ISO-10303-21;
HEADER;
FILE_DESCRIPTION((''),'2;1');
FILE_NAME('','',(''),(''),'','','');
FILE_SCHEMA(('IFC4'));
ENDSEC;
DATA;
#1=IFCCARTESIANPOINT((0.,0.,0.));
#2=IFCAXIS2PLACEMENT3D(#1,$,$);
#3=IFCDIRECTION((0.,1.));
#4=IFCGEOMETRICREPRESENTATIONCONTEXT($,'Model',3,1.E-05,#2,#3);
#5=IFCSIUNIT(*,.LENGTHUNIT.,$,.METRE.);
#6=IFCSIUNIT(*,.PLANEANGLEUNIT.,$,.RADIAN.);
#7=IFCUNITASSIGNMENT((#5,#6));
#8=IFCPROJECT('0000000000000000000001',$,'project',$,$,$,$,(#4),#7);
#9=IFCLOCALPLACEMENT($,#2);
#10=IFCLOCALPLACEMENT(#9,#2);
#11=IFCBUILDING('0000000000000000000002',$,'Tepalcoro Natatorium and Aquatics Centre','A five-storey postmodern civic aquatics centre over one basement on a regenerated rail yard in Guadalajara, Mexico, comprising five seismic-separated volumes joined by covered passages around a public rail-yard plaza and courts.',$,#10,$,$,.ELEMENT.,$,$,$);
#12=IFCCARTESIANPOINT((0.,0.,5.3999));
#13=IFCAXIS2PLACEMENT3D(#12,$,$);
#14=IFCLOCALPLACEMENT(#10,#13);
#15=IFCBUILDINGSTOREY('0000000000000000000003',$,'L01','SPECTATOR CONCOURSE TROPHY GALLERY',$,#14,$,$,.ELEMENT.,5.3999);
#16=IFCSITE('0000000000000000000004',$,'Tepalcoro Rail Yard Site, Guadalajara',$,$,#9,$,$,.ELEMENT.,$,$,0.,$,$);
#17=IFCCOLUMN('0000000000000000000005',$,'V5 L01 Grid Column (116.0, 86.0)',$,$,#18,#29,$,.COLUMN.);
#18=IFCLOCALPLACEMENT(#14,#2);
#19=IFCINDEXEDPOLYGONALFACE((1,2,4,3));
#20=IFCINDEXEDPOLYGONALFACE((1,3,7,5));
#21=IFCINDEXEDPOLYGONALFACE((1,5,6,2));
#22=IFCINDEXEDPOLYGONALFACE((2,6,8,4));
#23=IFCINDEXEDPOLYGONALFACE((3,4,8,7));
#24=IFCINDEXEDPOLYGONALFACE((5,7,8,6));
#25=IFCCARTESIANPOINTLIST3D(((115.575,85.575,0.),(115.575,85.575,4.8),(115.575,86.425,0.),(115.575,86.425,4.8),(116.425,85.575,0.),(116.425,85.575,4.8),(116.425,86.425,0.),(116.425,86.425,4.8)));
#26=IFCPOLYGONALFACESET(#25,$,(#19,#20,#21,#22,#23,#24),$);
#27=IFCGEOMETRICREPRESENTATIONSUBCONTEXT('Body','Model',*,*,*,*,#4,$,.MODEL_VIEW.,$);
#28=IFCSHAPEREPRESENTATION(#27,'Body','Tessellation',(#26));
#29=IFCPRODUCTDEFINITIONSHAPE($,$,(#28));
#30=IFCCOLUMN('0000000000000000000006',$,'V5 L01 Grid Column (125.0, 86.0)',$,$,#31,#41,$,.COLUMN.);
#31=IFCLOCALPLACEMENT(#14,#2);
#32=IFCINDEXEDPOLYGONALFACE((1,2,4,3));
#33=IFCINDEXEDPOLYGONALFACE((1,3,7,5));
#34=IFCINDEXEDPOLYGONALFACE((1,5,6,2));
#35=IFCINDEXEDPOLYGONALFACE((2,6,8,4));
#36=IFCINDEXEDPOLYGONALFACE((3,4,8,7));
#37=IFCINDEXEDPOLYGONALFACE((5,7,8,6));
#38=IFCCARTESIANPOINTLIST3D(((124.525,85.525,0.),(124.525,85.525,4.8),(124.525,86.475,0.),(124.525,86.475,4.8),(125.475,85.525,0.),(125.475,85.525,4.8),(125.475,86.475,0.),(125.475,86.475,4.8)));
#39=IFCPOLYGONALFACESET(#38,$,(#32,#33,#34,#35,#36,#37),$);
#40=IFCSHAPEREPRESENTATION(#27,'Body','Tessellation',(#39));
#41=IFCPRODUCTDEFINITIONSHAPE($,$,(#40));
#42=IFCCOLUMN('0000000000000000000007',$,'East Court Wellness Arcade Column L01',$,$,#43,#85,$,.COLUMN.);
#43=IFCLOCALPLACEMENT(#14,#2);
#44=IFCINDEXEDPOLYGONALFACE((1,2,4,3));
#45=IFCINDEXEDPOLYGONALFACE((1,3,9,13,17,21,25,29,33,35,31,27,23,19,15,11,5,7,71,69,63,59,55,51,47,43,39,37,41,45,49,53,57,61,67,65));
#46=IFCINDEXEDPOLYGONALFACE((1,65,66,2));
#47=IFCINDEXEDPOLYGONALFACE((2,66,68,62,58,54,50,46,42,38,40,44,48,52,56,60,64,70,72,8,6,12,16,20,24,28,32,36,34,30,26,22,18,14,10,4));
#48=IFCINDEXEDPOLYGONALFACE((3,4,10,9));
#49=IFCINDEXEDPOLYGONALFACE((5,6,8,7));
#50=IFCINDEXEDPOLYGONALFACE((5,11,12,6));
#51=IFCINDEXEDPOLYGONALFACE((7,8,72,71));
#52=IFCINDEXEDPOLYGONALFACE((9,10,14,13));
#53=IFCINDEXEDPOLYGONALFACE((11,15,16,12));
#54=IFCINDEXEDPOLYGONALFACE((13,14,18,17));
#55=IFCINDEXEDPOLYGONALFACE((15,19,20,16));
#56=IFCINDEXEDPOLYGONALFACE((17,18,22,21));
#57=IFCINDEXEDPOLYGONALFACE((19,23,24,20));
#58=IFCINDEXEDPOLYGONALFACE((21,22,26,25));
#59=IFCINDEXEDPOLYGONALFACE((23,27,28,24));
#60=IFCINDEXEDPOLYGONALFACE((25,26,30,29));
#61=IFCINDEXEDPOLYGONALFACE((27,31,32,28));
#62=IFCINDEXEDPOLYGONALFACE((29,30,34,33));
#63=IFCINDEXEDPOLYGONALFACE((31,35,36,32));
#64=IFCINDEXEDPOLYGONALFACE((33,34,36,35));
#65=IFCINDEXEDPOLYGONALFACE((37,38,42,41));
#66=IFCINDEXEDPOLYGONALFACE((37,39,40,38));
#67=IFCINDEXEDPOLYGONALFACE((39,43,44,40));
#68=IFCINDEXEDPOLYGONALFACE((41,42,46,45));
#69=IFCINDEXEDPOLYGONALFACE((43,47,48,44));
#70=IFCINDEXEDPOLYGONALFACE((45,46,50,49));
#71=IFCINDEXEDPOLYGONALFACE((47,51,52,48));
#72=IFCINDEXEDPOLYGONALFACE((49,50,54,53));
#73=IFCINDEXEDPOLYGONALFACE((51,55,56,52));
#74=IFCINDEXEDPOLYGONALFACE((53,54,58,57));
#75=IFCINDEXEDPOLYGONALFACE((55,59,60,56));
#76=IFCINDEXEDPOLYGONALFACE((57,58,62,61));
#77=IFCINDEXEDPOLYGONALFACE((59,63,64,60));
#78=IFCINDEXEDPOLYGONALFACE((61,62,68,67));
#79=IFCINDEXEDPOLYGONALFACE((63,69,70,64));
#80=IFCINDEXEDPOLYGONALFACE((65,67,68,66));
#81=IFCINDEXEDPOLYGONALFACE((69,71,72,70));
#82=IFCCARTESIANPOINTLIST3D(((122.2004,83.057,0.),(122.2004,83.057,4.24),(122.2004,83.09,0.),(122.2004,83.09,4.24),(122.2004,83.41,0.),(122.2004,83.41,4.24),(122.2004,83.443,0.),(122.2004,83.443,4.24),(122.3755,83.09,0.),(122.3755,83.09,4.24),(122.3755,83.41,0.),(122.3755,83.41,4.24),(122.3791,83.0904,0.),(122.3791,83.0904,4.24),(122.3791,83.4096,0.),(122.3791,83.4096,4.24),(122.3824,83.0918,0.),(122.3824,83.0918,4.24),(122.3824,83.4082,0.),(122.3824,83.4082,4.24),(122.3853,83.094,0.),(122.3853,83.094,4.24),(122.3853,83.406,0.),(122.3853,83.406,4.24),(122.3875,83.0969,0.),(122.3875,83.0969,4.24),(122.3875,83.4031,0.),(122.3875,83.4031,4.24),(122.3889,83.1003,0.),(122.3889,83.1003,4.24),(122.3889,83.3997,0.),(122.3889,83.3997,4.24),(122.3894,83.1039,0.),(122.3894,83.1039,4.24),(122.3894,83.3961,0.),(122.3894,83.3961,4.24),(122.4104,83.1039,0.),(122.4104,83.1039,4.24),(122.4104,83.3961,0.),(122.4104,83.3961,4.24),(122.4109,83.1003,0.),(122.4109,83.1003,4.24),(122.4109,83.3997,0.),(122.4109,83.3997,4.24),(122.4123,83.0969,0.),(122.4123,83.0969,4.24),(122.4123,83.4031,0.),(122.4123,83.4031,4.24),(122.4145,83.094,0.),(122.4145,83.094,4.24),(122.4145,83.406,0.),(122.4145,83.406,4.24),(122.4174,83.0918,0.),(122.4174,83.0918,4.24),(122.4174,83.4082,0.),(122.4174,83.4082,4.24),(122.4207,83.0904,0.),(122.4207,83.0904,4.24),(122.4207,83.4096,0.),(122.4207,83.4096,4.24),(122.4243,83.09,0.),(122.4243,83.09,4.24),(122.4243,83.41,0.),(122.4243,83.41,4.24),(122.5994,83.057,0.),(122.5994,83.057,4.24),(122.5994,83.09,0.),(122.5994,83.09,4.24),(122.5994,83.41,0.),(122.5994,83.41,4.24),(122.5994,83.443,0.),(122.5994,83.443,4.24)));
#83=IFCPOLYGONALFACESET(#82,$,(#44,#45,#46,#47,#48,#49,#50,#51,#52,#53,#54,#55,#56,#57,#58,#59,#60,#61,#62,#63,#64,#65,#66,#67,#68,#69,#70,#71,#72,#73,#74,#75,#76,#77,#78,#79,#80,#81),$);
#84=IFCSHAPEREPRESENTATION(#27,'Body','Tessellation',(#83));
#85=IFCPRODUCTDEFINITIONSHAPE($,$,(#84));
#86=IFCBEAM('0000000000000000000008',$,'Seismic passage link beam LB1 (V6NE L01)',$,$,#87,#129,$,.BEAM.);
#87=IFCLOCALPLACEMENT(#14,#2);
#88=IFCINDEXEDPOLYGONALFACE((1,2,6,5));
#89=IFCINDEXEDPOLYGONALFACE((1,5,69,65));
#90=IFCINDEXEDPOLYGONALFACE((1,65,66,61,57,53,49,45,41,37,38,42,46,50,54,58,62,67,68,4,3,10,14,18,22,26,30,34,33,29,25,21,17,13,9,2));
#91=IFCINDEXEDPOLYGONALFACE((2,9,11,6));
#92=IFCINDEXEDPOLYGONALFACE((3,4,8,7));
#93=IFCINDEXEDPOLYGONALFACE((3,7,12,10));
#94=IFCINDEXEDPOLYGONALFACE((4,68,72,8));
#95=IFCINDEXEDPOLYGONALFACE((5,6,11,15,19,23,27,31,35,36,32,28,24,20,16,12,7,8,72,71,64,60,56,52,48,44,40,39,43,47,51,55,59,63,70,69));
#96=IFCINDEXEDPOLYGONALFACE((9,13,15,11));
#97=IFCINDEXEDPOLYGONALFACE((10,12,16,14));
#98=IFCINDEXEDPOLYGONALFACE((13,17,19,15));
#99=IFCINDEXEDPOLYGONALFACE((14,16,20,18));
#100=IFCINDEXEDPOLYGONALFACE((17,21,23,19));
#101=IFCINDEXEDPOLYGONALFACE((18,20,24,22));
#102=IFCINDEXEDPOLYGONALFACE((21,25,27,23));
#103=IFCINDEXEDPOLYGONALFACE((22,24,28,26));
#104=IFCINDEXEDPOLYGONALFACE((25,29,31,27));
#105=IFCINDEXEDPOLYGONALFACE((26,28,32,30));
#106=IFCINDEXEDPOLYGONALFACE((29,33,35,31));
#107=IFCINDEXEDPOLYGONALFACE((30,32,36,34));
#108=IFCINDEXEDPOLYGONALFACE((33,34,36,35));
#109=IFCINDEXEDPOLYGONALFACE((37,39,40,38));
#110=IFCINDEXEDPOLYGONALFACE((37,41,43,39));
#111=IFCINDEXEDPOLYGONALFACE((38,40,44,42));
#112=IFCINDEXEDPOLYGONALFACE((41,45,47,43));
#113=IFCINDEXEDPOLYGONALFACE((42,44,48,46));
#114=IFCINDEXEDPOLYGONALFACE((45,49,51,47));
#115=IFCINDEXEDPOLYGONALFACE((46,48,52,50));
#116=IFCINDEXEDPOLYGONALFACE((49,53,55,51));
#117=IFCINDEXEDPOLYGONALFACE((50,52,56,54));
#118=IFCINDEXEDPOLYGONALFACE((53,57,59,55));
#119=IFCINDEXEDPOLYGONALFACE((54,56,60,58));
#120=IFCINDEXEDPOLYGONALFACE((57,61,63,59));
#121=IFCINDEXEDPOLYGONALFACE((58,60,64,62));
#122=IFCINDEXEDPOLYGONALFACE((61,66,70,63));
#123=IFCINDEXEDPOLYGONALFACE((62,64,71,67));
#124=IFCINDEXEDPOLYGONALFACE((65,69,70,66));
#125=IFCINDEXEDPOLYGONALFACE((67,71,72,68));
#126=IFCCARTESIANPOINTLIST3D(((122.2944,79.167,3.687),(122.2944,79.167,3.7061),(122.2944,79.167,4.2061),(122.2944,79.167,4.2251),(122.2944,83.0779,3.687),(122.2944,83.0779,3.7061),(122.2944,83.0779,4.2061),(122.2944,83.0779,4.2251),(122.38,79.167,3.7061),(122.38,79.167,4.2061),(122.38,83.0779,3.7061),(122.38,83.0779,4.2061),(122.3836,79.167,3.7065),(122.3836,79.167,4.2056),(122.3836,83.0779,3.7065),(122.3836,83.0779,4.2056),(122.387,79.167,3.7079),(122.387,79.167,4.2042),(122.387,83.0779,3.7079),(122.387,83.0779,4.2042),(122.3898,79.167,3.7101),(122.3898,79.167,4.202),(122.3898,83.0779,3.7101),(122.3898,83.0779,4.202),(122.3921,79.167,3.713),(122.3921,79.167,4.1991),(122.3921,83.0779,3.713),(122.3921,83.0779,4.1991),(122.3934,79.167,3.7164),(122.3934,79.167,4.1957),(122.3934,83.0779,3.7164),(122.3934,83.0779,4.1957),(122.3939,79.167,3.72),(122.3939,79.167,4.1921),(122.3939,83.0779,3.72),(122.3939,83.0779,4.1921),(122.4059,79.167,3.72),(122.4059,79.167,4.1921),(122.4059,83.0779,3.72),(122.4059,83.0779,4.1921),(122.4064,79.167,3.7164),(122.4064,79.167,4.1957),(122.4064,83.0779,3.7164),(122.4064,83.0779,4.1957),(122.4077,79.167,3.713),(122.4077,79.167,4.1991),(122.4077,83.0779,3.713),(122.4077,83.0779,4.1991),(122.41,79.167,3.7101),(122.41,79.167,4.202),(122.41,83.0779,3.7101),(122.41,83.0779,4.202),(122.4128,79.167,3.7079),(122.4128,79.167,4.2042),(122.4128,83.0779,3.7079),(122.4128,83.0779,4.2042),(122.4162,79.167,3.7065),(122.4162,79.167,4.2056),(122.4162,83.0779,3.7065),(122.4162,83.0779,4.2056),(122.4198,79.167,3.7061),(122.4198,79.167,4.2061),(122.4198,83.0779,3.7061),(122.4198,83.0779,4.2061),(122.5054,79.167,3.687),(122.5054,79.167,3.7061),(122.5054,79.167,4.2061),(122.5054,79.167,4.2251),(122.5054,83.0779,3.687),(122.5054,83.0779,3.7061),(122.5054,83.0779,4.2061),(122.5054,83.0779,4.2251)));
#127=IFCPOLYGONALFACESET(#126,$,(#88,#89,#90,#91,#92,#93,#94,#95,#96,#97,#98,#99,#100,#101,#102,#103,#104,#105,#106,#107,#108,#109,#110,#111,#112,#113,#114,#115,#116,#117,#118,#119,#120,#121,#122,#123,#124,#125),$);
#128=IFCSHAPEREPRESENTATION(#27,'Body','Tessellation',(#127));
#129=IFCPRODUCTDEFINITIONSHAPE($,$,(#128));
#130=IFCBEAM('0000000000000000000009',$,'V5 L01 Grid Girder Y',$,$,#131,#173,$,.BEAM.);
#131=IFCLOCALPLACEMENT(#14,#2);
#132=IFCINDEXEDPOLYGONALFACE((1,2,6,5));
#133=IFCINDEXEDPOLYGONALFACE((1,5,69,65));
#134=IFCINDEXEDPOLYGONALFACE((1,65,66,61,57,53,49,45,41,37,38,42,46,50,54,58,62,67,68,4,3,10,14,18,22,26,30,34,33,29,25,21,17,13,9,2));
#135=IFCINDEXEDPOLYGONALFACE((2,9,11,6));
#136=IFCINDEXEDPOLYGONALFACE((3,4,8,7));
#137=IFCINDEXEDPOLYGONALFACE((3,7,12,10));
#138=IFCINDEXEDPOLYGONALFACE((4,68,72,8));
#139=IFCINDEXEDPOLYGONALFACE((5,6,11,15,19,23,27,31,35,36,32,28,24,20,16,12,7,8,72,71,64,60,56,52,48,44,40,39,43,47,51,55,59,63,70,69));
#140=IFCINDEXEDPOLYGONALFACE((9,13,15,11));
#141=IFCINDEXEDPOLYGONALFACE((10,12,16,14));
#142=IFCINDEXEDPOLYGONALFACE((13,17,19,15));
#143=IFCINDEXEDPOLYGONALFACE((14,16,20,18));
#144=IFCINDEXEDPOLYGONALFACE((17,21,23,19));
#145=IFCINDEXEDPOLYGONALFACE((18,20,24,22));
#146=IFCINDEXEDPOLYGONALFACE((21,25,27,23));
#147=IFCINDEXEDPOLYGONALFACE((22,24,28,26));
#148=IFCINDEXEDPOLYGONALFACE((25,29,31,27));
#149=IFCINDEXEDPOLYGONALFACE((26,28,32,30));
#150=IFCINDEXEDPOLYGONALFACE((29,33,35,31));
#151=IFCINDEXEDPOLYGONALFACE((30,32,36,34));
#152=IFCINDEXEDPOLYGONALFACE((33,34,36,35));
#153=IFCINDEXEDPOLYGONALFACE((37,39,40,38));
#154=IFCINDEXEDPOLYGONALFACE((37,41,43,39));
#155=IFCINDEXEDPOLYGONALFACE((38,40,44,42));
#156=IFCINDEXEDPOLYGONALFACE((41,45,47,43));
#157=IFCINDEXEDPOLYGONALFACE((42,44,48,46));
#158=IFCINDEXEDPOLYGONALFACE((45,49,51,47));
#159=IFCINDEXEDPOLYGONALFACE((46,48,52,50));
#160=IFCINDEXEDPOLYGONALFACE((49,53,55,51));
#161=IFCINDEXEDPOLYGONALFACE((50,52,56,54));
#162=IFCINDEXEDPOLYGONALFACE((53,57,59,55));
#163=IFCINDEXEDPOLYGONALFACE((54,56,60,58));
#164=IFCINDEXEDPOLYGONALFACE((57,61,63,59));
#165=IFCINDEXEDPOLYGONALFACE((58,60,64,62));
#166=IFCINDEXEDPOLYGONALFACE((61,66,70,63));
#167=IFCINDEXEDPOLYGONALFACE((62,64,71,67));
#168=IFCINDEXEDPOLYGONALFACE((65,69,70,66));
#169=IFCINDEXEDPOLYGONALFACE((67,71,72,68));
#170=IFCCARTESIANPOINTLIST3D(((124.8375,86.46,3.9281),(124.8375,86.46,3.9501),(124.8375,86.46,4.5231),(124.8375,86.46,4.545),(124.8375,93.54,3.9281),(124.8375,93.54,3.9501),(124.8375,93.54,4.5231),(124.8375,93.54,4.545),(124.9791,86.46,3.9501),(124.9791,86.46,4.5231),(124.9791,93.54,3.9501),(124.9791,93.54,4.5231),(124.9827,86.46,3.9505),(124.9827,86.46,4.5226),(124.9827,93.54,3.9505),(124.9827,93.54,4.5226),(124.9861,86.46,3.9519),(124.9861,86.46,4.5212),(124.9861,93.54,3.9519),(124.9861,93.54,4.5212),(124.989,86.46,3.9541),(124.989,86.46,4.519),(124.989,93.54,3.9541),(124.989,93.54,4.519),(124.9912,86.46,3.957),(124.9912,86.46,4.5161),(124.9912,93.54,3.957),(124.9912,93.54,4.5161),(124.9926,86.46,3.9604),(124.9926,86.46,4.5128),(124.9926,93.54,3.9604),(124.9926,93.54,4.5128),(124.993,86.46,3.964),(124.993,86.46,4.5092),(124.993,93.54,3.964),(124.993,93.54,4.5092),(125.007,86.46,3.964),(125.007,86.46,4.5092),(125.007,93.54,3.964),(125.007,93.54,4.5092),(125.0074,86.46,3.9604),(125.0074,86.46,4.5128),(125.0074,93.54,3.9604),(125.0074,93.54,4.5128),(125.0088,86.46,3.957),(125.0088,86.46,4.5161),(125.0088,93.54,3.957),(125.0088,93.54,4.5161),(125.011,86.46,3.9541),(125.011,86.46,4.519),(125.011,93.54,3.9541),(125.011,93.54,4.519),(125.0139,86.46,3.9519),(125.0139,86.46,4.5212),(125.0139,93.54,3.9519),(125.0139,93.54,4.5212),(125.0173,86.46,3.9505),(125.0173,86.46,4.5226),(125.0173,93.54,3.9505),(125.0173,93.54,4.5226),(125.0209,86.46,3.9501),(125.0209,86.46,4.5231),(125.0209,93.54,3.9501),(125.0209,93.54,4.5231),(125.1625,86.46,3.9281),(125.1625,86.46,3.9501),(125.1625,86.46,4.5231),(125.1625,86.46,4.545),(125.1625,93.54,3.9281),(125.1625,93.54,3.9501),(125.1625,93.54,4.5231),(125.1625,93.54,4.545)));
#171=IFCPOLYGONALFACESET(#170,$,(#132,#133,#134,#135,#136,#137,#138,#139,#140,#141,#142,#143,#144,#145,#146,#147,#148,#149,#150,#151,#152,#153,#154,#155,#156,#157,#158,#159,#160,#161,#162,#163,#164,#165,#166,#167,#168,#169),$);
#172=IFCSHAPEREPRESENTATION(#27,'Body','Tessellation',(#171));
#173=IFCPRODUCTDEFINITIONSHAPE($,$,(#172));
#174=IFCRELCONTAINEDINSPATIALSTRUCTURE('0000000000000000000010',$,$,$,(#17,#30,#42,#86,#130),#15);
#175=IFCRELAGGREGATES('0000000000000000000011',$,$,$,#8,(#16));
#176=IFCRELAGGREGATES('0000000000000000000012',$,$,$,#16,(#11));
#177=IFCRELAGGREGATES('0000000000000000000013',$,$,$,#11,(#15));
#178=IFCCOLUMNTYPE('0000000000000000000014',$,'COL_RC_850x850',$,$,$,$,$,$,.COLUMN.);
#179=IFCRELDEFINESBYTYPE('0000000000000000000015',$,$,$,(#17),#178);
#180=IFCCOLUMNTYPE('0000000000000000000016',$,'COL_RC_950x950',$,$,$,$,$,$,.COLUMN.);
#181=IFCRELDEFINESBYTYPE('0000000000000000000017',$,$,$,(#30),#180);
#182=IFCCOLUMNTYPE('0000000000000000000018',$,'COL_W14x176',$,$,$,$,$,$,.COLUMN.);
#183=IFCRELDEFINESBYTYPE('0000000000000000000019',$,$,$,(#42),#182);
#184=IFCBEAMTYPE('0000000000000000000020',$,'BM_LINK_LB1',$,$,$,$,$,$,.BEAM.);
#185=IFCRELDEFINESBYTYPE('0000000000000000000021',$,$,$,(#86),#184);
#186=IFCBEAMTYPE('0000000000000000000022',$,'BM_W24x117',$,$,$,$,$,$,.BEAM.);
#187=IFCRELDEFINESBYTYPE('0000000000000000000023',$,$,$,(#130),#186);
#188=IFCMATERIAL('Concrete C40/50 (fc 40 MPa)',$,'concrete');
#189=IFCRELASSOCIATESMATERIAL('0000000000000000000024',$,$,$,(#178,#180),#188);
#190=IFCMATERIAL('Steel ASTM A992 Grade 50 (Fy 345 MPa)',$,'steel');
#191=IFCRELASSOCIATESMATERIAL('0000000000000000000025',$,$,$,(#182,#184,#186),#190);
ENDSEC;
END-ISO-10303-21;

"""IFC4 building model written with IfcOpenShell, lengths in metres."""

from ifc_helpers import new_model, si_unit, direction, frame, origin, origin_2d, place, context, subcontext, project, spatial, rectangle, i_section, extrude, material, material_profile, profile_set, type_object, element, save


model = new_model("IFC4")

# Units and contexts
model_context = context("Model", 3, precision=1e-05, world=origin(), true_north=direction((0.0, 1.0)))
body_context = subcontext(model_context, "Body", "Model", "MODEL_VIEW")
ifc_project = project(units=[si_unit("LENGTHUNIT", "METRE"), si_unit("PLANEANGLEUNIT", "RADIAN")], contexts=[model_context])

# Site, building, storey
site_placement = place(None, origin())
site = spatial("IfcSite", under=ifc_project, at=site_placement, Name="Tepalcoro Rail Yard Site, Guadalajara", CompositionType="ELEMENT", RefElevation=0.0)
building_placement = place(site_placement, origin())
building = spatial("IfcBuilding", under=site, at=building_placement, Name="Tepalcoro Natatorium and Aquatics Centre", Description="A five-storey postmodern civic aquatics centre over one basement on a regenerated rail yard in Guadalajara, Mexico, comprising five seismic-separated volumes joined by covered passages around a public rail-yard plaza and courts.", CompositionType="ELEMENT")
storey_placement = place(building_placement, frame((0.0, 0.0, 5.3999)))
storey = spatial("IfcBuildingStorey", under=building, at=storey_placement, Name="L01", Description="SPECTATOR CONCOURSE TROPHY GALLERY", CompositionType="ELEMENT", Elevation=5.3999)

# Columns
ifc_material_1 = material(Name="Concrete C40/50 (fc 40 MPa)", Category="concrete")
ifc_material_profile_1 = material_profile(ifc_material_1, rectangle(XDim=0.8501, YDim=0.8501, at=origin_2d()), Name="RC850x850")
ifc_profile_set_1 = profile_set([ifc_material_profile_1], Name="Concrete C40/50 (fc 40 MPa)")
column_type_1 = type_object("IfcColumnType", Name="COL_RC_850x850", PredefinedType="COLUMN", material=ifc_profile_set_1)
column_1_placement = place(storey_placement, frame((116.0, 86.0, 0.0), z_axis=(0.0, 0.0, 1.0), x_axis=(1.0, 0.0, 0.0)))
element("IfcColumn", 1, at=column_1_placement, inside=storey, type_object=column_type_1, Name="V5 L01 Grid Column (116.0, 86.0)", PredefinedType="COLUMN", context=body_context, shape_type="SweptSolid", body=[
    extrude(rectangle(XDim=0.8501, YDim=0.8501, at=origin_2d()), origin(), (0.0, 0.0, 1.0), 4.8),
])
ifc_material_profile_2 = material_profile(ifc_material_1, rectangle(XDim=0.95, YDim=0.95, at=origin_2d()), Name="RC950x950")
ifc_profile_set_2 = profile_set([ifc_material_profile_2], Name="Concrete C40/50 (fc 40 MPa)")
column_type_2 = type_object("IfcColumnType", Name="COL_RC_950x950", PredefinedType="COLUMN", material=ifc_profile_set_2)
column_2_placement = place(storey_placement, frame((125.0, 86.0, 0.0), z_axis=(0.0, 0.0, 1.0), x_axis=(1.0, 0.0, 0.0)))
element("IfcColumn", 2, at=column_2_placement, inside=storey, type_object=column_type_2, Name="V5 L01 Grid Column (125.0, 86.0)", PredefinedType="COLUMN", context=body_context, shape_type="SweptSolid", body=[
    extrude(rectangle(XDim=0.95, YDim=0.95, at=origin_2d()), origin(), (0.0, 0.0, 1.0), 4.8),
])
ifc_material_2 = material(Name="Steel ASTM A992 Grade 50 (Fy 345 MPa)", Category="steel")
ifc_material_profile_3 = material_profile(ifc_material_2, i_section(OverallWidth=0.3989, OverallDepth=0.386, WebThickness=0.021, FlangeThickness=0.033, FilletRadius=0.0139, at=origin_2d()), Name="W14X176")
ifc_profile_set_3 = profile_set([ifc_material_profile_3], Name="Steel ASTM A992 Grade 50 (Fy 345 MPa)")
column_type_3 = type_object("IfcColumnType", Name="COL_W14x176", PredefinedType="COLUMN", material=ifc_profile_set_3)
column_3_placement = place(storey_placement, frame((122.3999, 83.25, 0.0), z_axis=(0.0, 0.0, 1.0), x_axis=(1.0, 0.0, 0.0)))
element("IfcColumn", 3, at=column_3_placement, inside=storey, type_object=column_type_3, Name="East Court Wellness Arcade Column L01", PredefinedType="COLUMN", context=body_context, shape_type="SweptSolid", body=[
    extrude(i_section(OverallWidth=0.3989, OverallDepth=0.386, WebThickness=0.021, FlangeThickness=0.033, FilletRadius=0.0139, at=origin_2d()), origin(), (0.0, 0.0, 1.0), 4.24),
])

# Beams
ifc_material_profile_4 = material_profile(ifc_material_2, i_section(OverallWidth=0.2109, OverallDepth=0.5381, WebThickness=0.012, FlangeThickness=0.019, FilletRadius=0.0139, at=origin_2d()), Name="W21X73")
ifc_profile_set_4 = profile_set([ifc_material_profile_4], Name="Steel ASTM A992 Grade 50 (Fy 345 MPa)")
beam_type_1 = type_object("IfcBeamType", Name="BM_LINK_LB1", PredefinedType="BEAM", material=ifc_profile_set_4)
beam_1_placement = place(storey_placement, frame((122.3999, 79.167, 3.9561), z_axis=(0.0, 1.0, 0.0), x_axis=(-1.0, 0.0, 0.0)))
element("IfcBeam", 4, at=beam_1_placement, inside=storey, type_object=beam_type_1, Name="Seismic passage link beam LB1 (V6NE L01)", PredefinedType="BEAM", context=body_context, shape_type="SweptSolid", body=[
    extrude(i_section(OverallWidth=0.2109, OverallDepth=0.5381, WebThickness=0.012, FlangeThickness=0.019, FilletRadius=0.0139, at=origin_2d()), origin(), (0.0, 0.0, 1.0), 3.9109),
])
ifc_material_profile_5 = material_profile(ifc_material_2, i_section(OverallWidth=0.325, OverallDepth=0.6169, WebThickness=0.0139, FlangeThickness=0.022, FilletRadius=0.0139, at=origin_2d()), Name="W24X117")
ifc_profile_set_5 = profile_set([ifc_material_profile_5], Name="Steel ASTM A992 Grade 50 (Fy 345 MPa)")
beam_type_2 = type_object("IfcBeamType", Name="BM_W24x117", PredefinedType="BEAM", material=ifc_profile_set_5)
beam_2_placement = place(storey_placement, frame((125.0, 86.46, 4.2366), z_axis=(0.0, 1.0, 0.0), x_axis=(-1.0, 0.0, 0.0)))
element("IfcBeam", 5, at=beam_2_placement, inside=storey, type_object=beam_type_2, Name="V5 L01 Grid Girder Y", PredefinedType="BEAM", context=body_context, shape_type="SweptSolid", body=[
    extrude(i_section(OverallWidth=0.325, OverallDepth=0.6169, WebThickness=0.0139, FlangeThickness=0.022, FilletRadius=0.0139, at=origin_2d()), origin(), (0.0, 0.0, 1.0), 7.0801),
])

save(model, "model.ifc")
